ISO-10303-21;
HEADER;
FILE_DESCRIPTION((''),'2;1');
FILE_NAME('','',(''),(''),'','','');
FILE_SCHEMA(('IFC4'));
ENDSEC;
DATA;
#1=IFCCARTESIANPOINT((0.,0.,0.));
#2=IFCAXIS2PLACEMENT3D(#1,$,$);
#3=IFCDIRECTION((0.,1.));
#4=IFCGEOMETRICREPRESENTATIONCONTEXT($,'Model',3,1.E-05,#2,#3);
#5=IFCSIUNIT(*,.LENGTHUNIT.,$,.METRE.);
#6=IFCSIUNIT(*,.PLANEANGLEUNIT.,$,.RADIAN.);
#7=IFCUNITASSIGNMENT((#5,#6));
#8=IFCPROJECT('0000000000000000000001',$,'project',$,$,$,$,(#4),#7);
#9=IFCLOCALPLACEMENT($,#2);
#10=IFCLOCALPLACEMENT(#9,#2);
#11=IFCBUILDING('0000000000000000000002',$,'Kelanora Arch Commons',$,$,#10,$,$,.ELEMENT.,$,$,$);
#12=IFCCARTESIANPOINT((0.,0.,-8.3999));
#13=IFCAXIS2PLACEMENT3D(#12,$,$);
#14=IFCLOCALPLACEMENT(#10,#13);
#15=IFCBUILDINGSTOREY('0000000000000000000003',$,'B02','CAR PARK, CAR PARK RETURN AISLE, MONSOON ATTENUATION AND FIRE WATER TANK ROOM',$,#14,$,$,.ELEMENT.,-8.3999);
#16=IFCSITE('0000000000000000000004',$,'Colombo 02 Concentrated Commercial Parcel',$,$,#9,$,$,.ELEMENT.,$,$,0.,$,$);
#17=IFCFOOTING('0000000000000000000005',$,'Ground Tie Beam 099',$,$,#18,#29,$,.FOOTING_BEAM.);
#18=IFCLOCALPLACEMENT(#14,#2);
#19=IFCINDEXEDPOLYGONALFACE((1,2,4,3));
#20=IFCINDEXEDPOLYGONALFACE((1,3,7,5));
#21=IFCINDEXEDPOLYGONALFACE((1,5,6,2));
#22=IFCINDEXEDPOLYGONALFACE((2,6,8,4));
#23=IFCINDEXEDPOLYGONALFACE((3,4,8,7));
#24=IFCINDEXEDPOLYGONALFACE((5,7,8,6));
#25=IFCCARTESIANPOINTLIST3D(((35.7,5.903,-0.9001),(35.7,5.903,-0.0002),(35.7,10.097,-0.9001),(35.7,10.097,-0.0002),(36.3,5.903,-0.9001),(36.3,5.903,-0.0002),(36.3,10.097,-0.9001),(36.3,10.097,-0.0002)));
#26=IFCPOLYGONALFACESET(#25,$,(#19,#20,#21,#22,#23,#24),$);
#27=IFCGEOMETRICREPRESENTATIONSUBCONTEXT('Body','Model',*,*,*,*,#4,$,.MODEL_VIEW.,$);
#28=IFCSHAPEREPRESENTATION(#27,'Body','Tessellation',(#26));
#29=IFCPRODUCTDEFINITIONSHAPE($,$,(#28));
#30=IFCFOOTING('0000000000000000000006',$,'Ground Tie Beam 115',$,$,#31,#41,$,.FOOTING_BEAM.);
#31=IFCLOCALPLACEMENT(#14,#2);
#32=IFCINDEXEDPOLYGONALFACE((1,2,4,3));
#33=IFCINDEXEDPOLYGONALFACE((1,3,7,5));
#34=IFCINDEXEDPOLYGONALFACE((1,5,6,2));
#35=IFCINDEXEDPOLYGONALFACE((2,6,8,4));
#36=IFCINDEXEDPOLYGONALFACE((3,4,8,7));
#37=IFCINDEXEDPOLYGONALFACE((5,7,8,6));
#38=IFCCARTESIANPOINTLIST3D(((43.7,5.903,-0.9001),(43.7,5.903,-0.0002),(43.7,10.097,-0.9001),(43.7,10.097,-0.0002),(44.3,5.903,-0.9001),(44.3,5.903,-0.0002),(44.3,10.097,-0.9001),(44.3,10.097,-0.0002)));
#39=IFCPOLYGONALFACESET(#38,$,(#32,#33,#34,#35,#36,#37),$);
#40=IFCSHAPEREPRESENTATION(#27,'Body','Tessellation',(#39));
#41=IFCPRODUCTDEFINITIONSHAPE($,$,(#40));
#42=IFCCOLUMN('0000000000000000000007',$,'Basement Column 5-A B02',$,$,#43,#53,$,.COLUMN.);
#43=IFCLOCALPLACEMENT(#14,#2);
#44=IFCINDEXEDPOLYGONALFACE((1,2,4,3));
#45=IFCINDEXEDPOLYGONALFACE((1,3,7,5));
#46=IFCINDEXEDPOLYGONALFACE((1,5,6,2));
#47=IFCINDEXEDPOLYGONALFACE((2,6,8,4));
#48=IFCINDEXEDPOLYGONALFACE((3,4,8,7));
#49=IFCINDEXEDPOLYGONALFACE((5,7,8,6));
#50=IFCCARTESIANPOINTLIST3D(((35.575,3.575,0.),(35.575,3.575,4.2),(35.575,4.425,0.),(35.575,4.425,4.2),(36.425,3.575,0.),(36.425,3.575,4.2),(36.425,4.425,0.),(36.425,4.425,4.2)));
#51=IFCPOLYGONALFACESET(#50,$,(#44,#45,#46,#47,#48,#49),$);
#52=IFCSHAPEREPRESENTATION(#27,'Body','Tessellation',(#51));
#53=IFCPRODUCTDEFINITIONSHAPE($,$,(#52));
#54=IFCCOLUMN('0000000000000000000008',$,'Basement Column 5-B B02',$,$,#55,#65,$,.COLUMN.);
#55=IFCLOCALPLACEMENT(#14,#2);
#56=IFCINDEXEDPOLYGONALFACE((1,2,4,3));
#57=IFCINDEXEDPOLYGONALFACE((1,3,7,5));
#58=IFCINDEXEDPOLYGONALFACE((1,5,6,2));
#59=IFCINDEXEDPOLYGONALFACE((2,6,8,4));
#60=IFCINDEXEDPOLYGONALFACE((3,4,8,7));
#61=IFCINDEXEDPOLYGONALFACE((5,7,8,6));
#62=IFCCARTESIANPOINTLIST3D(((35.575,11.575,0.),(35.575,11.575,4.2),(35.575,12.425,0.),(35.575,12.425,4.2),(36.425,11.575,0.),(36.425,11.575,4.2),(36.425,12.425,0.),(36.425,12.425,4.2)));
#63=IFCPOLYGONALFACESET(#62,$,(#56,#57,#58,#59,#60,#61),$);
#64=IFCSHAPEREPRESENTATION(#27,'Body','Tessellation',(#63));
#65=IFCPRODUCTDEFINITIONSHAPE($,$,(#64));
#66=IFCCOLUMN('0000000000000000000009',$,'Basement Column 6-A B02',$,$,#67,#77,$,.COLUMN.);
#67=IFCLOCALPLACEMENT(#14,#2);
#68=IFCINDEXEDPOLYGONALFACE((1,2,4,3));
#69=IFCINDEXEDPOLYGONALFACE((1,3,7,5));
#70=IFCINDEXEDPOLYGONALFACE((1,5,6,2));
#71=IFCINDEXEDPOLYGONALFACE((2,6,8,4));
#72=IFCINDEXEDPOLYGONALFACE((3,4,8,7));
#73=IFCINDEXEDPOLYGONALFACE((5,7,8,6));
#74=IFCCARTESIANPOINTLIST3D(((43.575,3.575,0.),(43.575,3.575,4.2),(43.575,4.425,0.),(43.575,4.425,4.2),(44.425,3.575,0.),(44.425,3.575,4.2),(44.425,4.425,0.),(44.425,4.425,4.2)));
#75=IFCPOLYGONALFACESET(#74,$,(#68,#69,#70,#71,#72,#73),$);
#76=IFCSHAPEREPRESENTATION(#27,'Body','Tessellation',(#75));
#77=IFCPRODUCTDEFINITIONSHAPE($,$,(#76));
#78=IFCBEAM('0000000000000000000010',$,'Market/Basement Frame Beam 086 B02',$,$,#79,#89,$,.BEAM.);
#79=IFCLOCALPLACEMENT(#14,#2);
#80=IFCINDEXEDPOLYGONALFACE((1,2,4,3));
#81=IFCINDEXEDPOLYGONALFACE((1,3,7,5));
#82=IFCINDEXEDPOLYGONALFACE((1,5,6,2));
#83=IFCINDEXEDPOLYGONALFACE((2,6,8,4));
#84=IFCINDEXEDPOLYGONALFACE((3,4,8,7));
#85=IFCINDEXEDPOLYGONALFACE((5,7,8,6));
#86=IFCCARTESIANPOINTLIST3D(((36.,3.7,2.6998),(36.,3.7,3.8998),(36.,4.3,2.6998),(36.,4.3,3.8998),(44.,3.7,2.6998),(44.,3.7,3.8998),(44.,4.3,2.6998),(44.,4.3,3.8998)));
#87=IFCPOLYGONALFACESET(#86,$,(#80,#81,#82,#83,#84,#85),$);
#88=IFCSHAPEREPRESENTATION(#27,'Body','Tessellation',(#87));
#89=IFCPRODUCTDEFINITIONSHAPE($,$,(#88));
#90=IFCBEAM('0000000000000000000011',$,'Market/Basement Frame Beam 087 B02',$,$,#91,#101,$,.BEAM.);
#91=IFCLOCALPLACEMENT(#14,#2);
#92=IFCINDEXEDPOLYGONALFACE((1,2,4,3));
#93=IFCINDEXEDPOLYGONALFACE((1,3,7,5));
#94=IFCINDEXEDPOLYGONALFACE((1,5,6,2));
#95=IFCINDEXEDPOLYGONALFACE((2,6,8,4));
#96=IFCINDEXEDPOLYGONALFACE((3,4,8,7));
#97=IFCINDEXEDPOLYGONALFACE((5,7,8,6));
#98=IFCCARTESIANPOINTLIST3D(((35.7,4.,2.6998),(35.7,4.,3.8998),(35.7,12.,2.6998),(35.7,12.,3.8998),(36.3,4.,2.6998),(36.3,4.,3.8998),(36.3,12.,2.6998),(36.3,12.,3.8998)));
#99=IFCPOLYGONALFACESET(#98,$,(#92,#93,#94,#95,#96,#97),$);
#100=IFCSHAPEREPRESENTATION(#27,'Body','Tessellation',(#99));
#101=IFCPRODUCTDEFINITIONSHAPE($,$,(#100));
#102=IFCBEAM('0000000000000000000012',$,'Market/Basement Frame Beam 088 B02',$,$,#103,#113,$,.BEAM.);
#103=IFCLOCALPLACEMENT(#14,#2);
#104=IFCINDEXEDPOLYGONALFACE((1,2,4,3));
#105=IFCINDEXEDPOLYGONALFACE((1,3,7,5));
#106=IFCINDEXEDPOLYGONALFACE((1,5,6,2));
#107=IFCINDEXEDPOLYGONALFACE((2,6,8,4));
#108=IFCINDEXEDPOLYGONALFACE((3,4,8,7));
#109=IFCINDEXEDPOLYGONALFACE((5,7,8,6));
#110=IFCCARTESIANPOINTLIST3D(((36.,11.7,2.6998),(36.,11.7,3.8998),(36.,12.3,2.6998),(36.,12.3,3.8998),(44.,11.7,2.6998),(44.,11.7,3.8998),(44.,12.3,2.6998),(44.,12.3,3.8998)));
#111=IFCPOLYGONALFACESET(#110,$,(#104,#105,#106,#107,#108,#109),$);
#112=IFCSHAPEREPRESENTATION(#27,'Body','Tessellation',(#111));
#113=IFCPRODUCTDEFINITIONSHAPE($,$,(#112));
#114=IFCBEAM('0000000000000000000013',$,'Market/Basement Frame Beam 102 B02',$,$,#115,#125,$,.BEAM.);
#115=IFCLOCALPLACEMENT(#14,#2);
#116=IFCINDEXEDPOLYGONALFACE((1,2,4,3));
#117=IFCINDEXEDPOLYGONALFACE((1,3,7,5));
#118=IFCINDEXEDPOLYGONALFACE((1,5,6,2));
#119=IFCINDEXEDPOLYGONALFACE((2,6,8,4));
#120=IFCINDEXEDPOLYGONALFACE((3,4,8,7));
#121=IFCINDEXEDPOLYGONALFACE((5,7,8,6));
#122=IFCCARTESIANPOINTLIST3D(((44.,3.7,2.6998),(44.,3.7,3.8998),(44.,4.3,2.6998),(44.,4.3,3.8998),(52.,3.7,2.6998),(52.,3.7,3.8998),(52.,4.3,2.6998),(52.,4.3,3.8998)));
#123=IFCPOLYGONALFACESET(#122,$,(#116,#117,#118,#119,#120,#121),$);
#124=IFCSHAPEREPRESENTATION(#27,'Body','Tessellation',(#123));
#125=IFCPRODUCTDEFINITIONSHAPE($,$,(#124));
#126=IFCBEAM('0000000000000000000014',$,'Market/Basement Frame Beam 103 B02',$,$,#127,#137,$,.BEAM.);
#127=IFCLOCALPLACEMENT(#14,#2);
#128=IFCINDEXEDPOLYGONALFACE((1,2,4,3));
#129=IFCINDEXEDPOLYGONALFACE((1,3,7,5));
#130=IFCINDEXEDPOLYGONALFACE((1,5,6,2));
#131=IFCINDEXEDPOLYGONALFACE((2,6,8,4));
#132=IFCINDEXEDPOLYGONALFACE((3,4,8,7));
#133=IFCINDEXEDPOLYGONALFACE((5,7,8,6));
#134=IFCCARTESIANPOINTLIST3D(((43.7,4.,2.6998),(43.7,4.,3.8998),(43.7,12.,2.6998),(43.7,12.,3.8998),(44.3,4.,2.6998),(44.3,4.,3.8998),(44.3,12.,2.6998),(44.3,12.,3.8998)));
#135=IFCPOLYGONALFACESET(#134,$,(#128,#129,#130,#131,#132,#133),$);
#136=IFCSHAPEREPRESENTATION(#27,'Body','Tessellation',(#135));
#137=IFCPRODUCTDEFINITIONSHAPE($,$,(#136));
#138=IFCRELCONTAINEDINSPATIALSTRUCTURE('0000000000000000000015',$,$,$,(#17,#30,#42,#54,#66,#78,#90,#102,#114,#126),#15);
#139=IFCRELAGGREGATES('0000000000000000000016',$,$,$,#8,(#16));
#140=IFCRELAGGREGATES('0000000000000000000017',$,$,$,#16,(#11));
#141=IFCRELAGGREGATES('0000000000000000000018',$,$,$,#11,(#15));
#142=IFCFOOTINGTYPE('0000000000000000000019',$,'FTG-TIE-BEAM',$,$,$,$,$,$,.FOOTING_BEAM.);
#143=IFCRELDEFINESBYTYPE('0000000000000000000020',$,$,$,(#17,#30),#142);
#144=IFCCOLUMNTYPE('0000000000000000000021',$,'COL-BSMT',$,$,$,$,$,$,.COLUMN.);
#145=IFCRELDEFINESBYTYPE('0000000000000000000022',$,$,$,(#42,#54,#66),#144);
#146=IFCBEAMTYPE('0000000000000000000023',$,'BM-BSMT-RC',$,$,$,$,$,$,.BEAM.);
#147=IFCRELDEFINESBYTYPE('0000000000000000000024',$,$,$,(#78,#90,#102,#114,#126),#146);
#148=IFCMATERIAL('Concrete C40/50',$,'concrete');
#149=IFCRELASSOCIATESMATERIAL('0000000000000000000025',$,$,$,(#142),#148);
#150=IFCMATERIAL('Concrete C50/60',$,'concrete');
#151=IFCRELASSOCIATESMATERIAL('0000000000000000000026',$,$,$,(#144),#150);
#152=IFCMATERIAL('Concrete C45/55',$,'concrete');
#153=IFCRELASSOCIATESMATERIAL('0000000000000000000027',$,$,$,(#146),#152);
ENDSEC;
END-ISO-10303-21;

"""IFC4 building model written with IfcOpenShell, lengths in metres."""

from ifc_helpers import new_model, si_unit, direction, frame, origin, origin_2d, place, context, subcontext, project, spatial, rectangle, extrude, source, transform, mapped, material, material_profile, profile_set, type_object, element, save


model = new_model("IFC4")

# Units and contexts
model_context = context("Model", 3, precision=1e-05, world=origin(), true_north=direction((0.0, 1.0)))
body_context = subcontext(model_context, "Body", "Model", "MODEL_VIEW")
ifc_project = project(units=[si_unit("LENGTHUNIT", "METRE"), si_unit("PLANEANGLEUNIT", "RADIAN")], contexts=[model_context])

# Site, building, storey
site_placement = place(None, origin())
site = spatial("IfcSite", under=ifc_project, at=site_placement, Name="Colombo 02 Concentrated Commercial Parcel", CompositionType="ELEMENT", RefElevation=0.0)
building_placement = place(site_placement, origin())
building = spatial("IfcBuilding", under=site, at=building_placement, Name="Kelanora Arch Commons", CompositionType="ELEMENT")
storey_placement = place(building_placement, frame((0.0, 0.0, -8.3999)))
storey = spatial("IfcBuildingStorey", under=building, at=storey_placement, Name="B02", Description="CAR PARK, CAR PARK RETURN AISLE, MONSOON ATTENUATION AND FIRE WATER TANK ROOM", CompositionType="ELEMENT", Elevation=-8.3999)

# Shared definitions
ifc_material_1 = material(Name="Concrete C40/50", Category="concrete")

# Shared definitions
ifc_material_2 = material(Name="Concrete C45/55", Category="concrete")

# Footings
footing_type_1 = type_object("IfcFootingType", Name="FTG-TIE-BEAM", PredefinedType="FOOTING_BEAM", material=ifc_material_1)
shared_shape_1 = source(origin(), body_context, "Body", "SweptSolid", [
    extrude(rectangle(XDim=4.1941, YDim=0.6001, at=origin_2d()), origin(), (0.0, 0.0, 1.0), 0.8999),
])
for number, where, z_axis, x_axis, name in (
    (1, (36.0, 8.0, -0.9001), (0.0, 0.0, 1.0), (0.0, 1.0, 0.0), "Ground Tie Beam 099"),
    (2, (44.0, 8.0, -0.9001), (0.0, 0.0, 1.0), (0.0, 1.0, 0.0), "Ground Tie Beam 115"),
):
    element("IfcFooting", number, at=place(storey_placement, frame(where, z_axis=z_axis, x_axis=x_axis)), inside=storey, type_object=footing_type_1, Name=name, PredefinedType="FOOTING_BEAM", context=body_context, shape_type="MappedRepresentation", body=[
        mapped(shared_shape_1, transform((0.0, 0.0, 0.0), scale=1.0)),
    ])

# Columns
ifc_material_3 = material(Name="Concrete C50/60", Category="concrete")
ifc_material_profile_1 = material_profile(ifc_material_3, rectangle(XDim=0.8501, YDim=0.8501, at=origin_2d()), Name="RC850x850")
ifc_profile_set_1 = profile_set([ifc_material_profile_1], Name="Concrete C50/60")
column_type = type_object("IfcColumnType", Name="COL-BSMT", PredefinedType="COLUMN", material=ifc_profile_set_1)
for number, where, z_axis, x_axis, name in (
    (3, (36.0, 4.0, 0.0), (0.0, 0.0, 1.0), (1.0, 0.0, 0.0), "Basement Column 5-A B02"),
    (4, (36.0, 12.0, 0.0), (0.0, 0.0, 1.0), (1.0, 0.0, 0.0), "Basement Column 5-B B02"),
    (5, (44.0, 4.0, 0.0), (0.0, 0.0, 1.0), (1.0, 0.0, 0.0), "Basement Column 6-A B02"),
):
    element("IfcColumn", number, at=place(storey_placement, frame(where, z_axis=z_axis, x_axis=x_axis)), inside=storey, type_object=column_type, Name=name, PredefinedType="COLUMN", context=body_context, shape_type="SweptSolid", body=[
        extrude(rectangle(XDim=0.8501, YDim=0.8501, at=origin_2d()), origin(), (0.0, 0.0, 1.0), 4.2),
    ])

# Beams
ifc_material_profile_2 = material_profile(ifc_material_2, rectangle(XDim=0.6001, YDim=1.2, at=origin_2d()), Name="RCB600x1200")
ifc_profile_set_2 = profile_set([ifc_material_profile_2], Name="Concrete C45/55")
beam_type = type_object("IfcBeamType", Name="BM-BSMT-RC", PredefinedType="BEAM", material=ifc_profile_set_2)
for number, where, z_axis, x_axis, name in (
    (6, (36.0, 4.0, 3.2998), (1.0, 0.0, 0.0), (0.0, 1.0, 0.0), "Market/Basement Frame Beam 086 B02"),
    (7, (36.0, 4.0, 3.2998), (0.0, 1.0, 0.0), (-1.0, 0.0, 0.0), "Market/Basement Frame Beam 087 B02"),
    (8, (36.0, 12.0, 3.2998), (1.0, 0.0, 0.0), (0.0, 1.0, 0.0), "Market/Basement Frame Beam 088 B02"),
    (9, (44.0, 4.0, 3.2998), (1.0, 0.0, 0.0), (0.0, 1.0, 0.0), "Market/Basement Frame Beam 102 B02"),
    (10, (44.0, 4.0, 3.2998), (0.0, 1.0, 0.0), (-1.0, 0.0, 0.0), "Market/Basement Frame Beam 103 B02"),
):
    element("IfcBeam", number, at=place(storey_placement, frame(where, z_axis=z_axis, x_axis=x_axis)), inside=storey, type_object=beam_type, Name=name, PredefinedType="BEAM", context=body_context, shape_type="SweptSolid", body=[
        extrude(rectangle(XDim=0.6001, YDim=1.2, at=origin_2d()), origin(), (0.0, 0.0, 1.0), 8.0),
    ])

save(model, "model.ifc")
